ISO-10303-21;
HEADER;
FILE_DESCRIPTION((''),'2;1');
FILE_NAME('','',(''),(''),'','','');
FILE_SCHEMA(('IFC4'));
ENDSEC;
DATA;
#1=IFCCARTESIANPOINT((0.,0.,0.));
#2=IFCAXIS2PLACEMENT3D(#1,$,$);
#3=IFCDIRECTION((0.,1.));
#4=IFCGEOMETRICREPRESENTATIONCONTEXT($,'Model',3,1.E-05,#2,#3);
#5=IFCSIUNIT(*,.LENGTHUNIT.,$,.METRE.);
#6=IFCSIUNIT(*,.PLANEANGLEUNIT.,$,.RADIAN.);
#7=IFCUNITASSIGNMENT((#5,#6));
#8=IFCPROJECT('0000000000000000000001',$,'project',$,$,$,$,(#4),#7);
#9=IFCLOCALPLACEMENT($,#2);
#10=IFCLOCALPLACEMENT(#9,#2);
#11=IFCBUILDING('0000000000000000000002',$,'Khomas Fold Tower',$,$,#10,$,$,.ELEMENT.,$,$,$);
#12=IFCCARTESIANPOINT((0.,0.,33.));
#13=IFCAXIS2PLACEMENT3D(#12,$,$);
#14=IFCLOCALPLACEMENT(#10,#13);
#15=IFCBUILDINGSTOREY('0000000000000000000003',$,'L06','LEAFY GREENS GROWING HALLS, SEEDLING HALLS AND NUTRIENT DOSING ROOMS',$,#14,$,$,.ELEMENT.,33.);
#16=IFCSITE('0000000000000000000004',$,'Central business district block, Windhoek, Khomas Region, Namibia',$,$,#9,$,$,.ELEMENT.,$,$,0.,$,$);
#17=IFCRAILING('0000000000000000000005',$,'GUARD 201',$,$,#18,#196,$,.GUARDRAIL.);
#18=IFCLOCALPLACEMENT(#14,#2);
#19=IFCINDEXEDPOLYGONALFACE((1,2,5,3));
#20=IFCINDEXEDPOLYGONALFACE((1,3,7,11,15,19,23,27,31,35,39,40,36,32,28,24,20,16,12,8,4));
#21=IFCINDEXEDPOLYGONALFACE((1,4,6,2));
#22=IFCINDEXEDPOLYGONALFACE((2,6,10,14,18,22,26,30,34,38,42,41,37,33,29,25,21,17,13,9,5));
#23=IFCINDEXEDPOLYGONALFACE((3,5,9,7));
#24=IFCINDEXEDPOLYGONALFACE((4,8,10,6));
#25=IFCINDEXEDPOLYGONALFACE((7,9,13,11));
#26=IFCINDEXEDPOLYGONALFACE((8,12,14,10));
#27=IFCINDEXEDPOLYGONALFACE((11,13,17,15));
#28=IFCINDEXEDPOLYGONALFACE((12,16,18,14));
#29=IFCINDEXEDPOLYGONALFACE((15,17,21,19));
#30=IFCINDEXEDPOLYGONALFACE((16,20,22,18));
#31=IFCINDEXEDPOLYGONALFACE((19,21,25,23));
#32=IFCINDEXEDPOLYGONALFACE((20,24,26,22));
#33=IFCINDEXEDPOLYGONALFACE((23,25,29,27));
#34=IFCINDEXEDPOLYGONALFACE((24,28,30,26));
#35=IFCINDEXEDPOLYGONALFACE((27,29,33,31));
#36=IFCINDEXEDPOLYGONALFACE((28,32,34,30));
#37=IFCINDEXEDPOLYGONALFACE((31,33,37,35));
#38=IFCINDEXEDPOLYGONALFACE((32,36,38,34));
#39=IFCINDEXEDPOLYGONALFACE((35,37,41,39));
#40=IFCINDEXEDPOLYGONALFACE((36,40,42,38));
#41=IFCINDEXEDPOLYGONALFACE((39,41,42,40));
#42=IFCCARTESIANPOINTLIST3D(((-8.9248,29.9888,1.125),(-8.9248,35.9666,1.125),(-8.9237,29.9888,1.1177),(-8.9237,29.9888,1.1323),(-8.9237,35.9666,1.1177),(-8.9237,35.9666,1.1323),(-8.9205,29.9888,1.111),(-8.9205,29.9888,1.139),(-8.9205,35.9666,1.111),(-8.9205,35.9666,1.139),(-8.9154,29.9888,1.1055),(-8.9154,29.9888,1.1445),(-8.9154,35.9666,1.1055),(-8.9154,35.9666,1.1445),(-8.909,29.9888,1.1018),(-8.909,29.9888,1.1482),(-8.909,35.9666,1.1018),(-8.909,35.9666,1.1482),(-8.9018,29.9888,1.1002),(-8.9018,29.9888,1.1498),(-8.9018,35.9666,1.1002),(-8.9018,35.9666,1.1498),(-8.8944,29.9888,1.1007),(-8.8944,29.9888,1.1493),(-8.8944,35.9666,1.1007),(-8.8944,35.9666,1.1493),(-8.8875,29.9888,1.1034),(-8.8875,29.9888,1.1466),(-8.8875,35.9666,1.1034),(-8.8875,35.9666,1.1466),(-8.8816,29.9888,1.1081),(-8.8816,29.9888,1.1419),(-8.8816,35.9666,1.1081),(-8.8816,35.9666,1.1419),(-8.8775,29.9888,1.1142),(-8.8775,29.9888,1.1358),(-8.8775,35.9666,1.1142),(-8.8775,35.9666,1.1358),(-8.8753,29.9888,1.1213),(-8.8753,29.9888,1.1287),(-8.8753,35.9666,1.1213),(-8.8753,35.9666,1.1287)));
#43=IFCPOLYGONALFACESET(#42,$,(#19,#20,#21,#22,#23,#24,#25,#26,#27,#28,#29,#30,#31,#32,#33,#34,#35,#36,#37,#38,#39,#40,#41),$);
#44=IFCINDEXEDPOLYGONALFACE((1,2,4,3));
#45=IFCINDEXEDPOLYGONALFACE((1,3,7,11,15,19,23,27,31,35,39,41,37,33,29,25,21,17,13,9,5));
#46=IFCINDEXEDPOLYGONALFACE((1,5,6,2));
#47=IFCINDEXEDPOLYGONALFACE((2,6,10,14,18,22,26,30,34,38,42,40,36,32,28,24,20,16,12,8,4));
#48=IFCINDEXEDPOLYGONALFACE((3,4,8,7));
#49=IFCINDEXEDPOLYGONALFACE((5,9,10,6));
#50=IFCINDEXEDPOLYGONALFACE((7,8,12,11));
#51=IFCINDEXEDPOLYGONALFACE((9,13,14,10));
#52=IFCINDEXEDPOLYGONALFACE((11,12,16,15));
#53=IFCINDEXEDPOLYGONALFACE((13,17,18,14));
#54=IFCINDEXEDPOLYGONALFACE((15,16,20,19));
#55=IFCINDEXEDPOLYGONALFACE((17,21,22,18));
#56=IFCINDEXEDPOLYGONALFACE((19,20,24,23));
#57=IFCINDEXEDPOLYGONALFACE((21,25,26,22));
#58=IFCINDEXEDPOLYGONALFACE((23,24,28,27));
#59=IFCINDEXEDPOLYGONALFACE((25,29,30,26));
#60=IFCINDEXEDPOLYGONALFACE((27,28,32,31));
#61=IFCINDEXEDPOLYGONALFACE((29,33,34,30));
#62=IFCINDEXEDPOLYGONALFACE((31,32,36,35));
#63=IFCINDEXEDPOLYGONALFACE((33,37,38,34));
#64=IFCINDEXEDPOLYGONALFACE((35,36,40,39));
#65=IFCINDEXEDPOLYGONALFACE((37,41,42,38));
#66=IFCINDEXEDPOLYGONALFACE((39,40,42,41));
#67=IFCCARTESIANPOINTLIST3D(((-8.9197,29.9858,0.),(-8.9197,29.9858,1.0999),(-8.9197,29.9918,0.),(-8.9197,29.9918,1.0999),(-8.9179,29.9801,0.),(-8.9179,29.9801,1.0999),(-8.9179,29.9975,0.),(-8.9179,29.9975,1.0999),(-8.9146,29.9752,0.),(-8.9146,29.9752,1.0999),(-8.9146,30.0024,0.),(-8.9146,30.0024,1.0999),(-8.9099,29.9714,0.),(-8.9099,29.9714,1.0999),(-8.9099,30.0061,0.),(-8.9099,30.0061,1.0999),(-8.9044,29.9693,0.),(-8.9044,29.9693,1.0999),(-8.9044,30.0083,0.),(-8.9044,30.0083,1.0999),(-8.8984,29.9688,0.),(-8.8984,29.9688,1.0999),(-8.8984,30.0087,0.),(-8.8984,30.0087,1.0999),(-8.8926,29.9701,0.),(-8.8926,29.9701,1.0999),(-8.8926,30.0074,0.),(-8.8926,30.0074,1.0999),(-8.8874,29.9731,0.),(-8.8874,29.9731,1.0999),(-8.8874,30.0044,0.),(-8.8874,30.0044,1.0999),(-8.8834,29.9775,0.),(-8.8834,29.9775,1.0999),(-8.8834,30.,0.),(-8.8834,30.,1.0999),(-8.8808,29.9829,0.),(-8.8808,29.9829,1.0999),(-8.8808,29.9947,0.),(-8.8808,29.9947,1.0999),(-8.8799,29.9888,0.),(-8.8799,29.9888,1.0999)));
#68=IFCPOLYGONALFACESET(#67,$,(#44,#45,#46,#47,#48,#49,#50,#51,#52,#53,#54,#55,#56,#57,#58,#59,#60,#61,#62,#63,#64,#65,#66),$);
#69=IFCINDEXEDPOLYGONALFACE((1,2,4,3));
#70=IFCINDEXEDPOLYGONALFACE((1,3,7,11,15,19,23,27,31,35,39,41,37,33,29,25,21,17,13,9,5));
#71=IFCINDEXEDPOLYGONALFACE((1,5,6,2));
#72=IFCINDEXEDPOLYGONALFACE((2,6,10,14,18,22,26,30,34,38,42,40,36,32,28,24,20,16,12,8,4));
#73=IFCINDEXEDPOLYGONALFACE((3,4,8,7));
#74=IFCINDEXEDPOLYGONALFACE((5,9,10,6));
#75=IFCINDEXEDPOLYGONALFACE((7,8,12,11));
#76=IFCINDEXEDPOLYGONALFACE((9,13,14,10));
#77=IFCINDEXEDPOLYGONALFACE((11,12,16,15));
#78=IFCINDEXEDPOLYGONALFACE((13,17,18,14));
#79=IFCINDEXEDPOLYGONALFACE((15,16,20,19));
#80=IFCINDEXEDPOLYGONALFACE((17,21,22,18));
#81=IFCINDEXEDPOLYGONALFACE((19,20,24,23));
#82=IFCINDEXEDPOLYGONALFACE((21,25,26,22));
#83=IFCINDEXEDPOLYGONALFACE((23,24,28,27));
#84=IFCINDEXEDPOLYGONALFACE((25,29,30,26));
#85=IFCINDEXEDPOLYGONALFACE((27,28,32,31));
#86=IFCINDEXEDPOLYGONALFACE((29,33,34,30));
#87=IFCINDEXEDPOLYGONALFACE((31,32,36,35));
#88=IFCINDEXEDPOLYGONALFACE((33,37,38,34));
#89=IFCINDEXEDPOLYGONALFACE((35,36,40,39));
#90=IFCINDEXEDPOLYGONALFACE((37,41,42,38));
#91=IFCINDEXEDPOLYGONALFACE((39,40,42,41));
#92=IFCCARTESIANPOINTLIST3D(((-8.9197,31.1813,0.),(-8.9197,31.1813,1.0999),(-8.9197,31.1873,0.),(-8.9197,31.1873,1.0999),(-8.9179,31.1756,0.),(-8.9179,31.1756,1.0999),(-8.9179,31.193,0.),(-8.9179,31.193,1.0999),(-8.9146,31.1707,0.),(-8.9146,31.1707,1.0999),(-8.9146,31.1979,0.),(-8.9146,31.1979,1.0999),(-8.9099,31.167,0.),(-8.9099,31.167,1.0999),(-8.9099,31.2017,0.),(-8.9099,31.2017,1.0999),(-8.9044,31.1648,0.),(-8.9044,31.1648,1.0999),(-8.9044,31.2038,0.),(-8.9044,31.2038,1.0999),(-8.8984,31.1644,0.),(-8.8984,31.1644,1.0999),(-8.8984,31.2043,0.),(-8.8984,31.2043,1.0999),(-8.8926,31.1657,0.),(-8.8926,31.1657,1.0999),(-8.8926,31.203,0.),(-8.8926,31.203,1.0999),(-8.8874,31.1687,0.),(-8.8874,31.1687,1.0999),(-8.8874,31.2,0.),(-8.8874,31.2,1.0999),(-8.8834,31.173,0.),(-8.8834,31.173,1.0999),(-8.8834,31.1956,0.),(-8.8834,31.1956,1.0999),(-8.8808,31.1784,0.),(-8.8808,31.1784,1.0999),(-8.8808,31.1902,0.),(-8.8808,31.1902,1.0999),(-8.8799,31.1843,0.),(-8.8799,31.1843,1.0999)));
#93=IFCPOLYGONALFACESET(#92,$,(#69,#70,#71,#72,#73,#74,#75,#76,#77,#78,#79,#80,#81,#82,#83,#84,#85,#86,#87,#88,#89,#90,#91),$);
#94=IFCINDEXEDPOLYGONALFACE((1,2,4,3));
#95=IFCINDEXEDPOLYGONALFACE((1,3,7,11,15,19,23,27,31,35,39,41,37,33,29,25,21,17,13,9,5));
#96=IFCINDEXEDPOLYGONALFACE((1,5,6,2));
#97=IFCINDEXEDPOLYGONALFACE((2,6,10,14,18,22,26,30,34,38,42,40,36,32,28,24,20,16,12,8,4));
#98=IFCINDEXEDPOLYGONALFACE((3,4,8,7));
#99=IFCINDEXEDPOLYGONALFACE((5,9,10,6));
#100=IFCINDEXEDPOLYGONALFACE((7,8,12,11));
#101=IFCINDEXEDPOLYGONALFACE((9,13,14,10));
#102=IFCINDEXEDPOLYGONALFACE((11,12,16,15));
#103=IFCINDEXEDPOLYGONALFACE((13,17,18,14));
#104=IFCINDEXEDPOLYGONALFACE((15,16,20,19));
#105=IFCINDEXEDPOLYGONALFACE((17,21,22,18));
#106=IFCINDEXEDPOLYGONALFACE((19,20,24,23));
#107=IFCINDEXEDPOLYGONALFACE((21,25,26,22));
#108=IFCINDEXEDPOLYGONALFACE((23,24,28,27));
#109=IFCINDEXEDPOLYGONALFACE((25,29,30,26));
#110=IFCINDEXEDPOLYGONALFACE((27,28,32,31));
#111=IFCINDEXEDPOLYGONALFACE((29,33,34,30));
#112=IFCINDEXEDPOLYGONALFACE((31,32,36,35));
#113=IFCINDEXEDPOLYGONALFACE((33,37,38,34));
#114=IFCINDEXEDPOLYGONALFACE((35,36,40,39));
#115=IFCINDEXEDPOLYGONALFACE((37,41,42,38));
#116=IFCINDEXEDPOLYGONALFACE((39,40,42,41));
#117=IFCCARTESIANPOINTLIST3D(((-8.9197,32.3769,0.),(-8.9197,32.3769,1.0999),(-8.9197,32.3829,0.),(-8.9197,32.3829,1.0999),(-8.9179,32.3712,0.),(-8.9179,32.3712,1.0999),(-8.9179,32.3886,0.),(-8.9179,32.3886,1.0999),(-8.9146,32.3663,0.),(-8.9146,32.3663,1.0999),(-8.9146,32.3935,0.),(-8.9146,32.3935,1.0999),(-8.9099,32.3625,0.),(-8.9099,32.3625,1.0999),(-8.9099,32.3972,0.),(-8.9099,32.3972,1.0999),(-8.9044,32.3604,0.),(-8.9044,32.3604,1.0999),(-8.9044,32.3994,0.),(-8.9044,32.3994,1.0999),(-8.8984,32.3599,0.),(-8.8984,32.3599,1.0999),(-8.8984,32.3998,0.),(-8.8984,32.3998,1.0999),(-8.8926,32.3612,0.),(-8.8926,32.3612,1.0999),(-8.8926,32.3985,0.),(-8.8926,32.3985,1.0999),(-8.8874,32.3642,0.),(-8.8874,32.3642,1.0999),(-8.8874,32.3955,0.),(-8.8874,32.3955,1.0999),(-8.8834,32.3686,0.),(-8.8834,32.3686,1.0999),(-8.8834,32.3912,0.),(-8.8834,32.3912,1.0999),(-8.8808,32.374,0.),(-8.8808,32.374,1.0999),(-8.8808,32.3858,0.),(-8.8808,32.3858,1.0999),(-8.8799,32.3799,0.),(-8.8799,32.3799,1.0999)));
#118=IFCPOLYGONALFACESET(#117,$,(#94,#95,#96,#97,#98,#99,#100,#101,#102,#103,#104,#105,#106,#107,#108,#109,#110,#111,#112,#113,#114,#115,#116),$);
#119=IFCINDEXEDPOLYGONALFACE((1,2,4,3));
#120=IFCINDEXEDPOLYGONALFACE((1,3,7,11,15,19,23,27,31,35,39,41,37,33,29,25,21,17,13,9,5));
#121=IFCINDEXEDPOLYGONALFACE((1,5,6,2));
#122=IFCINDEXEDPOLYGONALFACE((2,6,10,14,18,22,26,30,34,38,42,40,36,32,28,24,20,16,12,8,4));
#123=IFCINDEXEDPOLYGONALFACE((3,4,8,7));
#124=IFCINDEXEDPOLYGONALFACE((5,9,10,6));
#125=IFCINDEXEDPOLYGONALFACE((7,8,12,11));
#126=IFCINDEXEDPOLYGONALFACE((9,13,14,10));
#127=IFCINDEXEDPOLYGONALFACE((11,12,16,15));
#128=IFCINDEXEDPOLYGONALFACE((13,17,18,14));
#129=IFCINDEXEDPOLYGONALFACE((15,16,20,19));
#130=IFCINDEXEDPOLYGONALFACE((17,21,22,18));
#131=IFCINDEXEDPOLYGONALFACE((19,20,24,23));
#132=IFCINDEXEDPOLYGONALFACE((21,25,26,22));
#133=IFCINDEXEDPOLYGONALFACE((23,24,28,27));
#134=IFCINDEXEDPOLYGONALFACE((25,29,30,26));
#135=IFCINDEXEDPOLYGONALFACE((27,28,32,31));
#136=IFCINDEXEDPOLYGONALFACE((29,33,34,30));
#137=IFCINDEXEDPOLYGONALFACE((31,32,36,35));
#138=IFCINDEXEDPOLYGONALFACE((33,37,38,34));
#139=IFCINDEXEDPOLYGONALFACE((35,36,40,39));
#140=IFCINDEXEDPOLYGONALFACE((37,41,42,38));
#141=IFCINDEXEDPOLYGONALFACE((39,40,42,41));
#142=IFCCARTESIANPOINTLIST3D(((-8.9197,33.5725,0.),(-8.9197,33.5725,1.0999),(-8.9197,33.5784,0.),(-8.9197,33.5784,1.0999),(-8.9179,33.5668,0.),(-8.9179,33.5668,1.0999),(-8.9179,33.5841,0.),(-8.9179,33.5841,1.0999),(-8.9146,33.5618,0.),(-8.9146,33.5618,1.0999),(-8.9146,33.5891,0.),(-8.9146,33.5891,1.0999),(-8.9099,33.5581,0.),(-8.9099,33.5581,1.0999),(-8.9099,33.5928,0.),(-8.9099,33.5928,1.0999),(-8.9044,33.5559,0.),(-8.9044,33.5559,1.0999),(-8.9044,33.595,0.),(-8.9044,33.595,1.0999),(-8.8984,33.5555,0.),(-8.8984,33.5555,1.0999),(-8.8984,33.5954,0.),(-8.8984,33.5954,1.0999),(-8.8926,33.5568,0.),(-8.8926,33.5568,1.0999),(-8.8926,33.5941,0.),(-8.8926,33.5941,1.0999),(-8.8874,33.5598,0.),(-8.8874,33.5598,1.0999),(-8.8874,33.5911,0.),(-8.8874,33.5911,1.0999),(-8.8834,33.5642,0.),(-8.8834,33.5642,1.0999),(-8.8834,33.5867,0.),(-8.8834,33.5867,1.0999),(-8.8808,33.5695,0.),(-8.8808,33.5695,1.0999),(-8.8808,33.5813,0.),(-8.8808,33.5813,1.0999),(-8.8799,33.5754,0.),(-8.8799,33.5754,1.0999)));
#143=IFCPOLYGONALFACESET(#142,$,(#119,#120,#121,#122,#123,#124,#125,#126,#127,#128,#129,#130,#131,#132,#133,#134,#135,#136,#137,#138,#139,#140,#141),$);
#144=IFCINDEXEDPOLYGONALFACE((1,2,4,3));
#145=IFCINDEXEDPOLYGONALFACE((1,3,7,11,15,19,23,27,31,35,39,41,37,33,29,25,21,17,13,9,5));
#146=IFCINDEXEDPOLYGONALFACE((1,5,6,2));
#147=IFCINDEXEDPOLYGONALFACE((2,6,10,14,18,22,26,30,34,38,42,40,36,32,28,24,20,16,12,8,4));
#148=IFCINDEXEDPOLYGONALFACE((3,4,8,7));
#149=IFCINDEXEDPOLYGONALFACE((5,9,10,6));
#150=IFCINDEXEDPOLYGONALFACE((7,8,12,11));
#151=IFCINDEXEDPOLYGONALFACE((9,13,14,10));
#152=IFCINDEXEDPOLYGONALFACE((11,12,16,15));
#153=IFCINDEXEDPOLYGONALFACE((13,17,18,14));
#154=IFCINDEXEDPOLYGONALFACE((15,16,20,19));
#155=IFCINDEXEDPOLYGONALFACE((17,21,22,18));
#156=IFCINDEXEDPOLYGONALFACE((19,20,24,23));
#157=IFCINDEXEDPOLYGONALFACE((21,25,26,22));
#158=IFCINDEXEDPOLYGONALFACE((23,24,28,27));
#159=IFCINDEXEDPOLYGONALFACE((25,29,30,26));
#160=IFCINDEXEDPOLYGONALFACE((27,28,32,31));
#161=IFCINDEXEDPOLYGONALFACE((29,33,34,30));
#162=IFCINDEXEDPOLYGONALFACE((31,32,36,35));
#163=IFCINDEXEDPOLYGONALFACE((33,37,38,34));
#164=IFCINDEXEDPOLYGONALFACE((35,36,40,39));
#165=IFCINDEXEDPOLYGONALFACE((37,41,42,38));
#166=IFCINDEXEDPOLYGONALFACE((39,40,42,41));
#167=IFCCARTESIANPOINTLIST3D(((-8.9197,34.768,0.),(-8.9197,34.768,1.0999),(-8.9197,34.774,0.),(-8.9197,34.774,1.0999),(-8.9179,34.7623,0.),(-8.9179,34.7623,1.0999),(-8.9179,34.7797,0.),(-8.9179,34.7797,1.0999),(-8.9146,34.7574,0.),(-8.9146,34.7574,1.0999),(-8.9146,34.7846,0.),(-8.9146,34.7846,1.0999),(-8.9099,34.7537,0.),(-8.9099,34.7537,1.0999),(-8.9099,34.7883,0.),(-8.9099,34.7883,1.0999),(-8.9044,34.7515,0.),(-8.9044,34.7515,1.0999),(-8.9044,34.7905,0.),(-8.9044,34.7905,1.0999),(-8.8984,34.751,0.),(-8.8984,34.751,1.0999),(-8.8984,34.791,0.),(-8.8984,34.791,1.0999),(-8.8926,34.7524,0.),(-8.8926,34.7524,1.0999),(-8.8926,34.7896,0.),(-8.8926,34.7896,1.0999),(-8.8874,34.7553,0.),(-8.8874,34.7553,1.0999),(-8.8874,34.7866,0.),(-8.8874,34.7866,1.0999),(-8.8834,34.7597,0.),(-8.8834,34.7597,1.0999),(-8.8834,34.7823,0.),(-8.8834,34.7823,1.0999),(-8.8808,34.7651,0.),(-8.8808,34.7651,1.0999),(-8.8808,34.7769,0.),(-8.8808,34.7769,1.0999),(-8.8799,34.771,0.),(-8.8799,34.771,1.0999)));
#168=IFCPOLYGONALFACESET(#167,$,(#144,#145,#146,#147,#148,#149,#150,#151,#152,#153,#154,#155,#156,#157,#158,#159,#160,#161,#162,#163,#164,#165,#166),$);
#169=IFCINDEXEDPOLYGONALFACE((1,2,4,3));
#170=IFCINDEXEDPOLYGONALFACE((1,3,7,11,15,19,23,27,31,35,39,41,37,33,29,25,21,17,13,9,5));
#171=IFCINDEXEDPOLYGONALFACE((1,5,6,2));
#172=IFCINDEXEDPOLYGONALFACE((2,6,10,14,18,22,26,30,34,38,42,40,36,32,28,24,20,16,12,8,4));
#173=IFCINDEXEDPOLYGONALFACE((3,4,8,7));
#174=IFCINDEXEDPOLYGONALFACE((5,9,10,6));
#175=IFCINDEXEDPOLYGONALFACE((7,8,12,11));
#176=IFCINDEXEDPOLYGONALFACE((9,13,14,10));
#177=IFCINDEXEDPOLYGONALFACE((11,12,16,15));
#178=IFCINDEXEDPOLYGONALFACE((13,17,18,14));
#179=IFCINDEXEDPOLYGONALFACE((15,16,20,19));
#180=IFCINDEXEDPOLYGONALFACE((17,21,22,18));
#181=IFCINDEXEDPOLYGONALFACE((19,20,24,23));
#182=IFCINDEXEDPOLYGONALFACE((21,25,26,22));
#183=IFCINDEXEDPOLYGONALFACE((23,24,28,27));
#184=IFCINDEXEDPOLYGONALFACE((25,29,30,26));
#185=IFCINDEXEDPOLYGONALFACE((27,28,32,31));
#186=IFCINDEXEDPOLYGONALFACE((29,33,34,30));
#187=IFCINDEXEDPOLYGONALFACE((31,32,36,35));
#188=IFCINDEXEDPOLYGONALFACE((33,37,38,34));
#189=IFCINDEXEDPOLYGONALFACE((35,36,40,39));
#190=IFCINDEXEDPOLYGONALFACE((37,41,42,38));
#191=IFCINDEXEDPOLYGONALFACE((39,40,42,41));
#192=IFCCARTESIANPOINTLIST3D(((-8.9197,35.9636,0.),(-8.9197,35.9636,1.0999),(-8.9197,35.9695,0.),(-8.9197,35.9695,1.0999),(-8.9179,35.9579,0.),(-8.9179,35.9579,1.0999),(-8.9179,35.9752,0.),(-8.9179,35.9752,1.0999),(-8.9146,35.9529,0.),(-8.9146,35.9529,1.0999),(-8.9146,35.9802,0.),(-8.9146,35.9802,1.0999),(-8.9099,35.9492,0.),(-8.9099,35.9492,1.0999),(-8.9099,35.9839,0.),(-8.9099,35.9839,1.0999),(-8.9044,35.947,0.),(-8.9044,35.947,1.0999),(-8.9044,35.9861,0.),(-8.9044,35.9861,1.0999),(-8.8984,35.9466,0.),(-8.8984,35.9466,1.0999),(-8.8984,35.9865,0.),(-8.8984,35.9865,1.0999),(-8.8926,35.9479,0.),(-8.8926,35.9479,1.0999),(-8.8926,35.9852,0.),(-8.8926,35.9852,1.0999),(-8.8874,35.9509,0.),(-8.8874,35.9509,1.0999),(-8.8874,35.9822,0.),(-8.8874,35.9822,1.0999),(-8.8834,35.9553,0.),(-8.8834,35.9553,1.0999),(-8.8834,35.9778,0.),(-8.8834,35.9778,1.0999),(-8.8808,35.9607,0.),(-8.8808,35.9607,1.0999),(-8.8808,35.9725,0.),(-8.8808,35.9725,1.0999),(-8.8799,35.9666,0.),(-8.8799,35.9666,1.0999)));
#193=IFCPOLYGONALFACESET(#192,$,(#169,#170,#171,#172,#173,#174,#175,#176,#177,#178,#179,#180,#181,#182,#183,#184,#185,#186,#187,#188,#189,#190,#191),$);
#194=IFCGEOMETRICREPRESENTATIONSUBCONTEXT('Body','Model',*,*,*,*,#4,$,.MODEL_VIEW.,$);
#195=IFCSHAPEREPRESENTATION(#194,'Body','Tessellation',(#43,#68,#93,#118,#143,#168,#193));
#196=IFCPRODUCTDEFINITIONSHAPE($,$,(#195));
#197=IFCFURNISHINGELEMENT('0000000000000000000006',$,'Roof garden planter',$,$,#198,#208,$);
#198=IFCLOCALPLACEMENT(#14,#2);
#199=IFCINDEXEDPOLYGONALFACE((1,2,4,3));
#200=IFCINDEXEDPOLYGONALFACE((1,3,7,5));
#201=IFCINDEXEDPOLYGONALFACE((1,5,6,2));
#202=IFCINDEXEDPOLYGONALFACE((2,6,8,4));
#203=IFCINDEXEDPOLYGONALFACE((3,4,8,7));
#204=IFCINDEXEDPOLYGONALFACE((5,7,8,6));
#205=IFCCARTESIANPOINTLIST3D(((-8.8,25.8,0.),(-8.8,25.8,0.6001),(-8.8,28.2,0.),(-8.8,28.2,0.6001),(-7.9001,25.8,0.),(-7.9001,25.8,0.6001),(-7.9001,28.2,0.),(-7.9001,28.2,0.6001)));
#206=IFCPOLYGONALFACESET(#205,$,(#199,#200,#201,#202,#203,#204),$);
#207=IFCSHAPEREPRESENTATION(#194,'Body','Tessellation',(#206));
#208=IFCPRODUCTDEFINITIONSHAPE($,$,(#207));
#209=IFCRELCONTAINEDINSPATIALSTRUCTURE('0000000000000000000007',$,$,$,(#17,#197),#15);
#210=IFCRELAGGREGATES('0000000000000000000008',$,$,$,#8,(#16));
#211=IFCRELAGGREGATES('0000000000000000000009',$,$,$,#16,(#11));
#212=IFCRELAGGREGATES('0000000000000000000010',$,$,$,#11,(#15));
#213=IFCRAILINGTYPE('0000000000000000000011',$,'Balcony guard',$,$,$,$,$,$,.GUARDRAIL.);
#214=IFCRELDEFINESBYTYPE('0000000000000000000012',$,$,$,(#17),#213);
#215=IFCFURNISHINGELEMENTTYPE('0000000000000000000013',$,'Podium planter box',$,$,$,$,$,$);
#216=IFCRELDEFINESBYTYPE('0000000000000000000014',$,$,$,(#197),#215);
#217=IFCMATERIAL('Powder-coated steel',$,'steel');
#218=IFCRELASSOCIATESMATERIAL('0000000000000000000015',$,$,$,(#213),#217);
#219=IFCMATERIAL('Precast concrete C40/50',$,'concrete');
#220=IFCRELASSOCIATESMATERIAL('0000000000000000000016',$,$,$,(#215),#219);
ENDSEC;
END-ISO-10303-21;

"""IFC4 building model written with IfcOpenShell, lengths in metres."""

from ifc_helpers import new_model, si_unit, direction, frame, origin, origin_2d, place, context, subcontext, project, spatial, rectangle, circle, extrude, source, transform, mapped, material, type_object, element, save


model = new_model("IFC4")

# Units and contexts
model_context = context("Model", 3, precision=1e-05, world=origin(), true_north=direction((0.0, 1.0)))
body_context = subcontext(model_context, "Body", "Model", "MODEL_VIEW")
ifc_project = project(units=[si_unit("LENGTHUNIT", "METRE"), si_unit("PLANEANGLEUNIT", "RADIAN")], contexts=[model_context])

# Site, building, storey
site_placement = place(None, origin())
site = spatial("IfcSite", under=ifc_project, at=site_placement, Name="Central business district block, Windhoek, Khomas Region, Namibia", CompositionType="ELEMENT", RefElevation=0.0)
building_placement = place(site_placement, origin())
building = spatial("IfcBuilding", under=site, at=building_placement, Name="Khomas Fold Tower", CompositionType="ELEMENT")
storey_placement = place(building_placement, frame((0.0, 0.0, 33.0)))
storey = spatial("IfcBuildingStorey", under=building, at=storey_placement, Name="L06", Description="LEAFY GREENS GROWING HALLS, SEEDLING HALLS AND NUTRIENT DOSING ROOMS", CompositionType="ELEMENT", Elevation=33.0)

# Railing
ifc_material_1 = material(Name="Powder-coated steel", Category="steel")
railing_type = type_object("IfcRailingType", Name="Balcony guard", PredefinedType="GUARDRAIL", material=ifc_material_1)
shared_shape_1 = source(origin(), body_context, "Body", "SweptSolid", [
    extrude(circle(Radius=0.0249, at=origin_2d()), frame((0.0, 0.0, 1.125), z_axis=(0.0, 1.0, 0.0), x_axis=(-1.0, 0.0, 0.0)), (0.0, 0.0, 1.0), 5.9778),
    extrude(circle(Radius=0.02, at=origin_2d()), origin(), (0.0, 0.0, 1.0), 1.0999),
    extrude(circle(Radius=0.02, at=origin_2d()), frame((0.0, 1.1956, 0.0)), (0.0, 0.0, 1.0), 1.0999),
    extrude(circle(Radius=0.02, at=origin_2d()), frame((0.0, 2.3911, 0.0)), (0.0, 0.0, 1.0), 1.0999),
    extrude(circle(Radius=0.02, at=origin_2d()), frame((0.0, 3.5867, 0.0)), (0.0, 0.0, 1.0), 1.0999),
    extrude(circle(Radius=0.02, at=origin_2d()), frame((0.0, 4.7822, 0.0)), (0.0, 0.0, 1.0), 1.0999),
    extrude(circle(Radius=0.02, at=origin_2d()), frame((0.0, 5.9778, 0.0)), (0.0, 0.0, 1.0), 1.0999),
])
railing_placement = place(storey_placement, frame((-8.8999, 29.9888, 0.0)))
element("IfcRailing", 1, at=railing_placement, inside=storey, type_object=railing_type, Name="GUARD 201", PredefinedType="GUARDRAIL", context=body_context, shape_type="MappedRepresentation", body=[
    mapped(shared_shape_1, transform((0.0, 0.0, 0.0))),
])

# Furnishing element
ifc_material_2 = material(Name="Precast concrete C40/50", Category="concrete")
furnishing_element_type_1 = type_object("IfcFurnishingElementType", Name="Podium planter box", material=ifc_material_2)
shared_shape_2 = source(origin(), body_context, "Body", "SweptSolid", [
    extrude(rectangle(XDim=2.3999, YDim=0.8999, at=origin_2d()), origin(), (0.0, 0.0, 1.0), 0.6001),
])
furnishing_1_placement = place(storey_placement, frame((-8.3501, 27.0, 0.0), z_axis=(0.0, 0.0, 1.0), x_axis=(0.0, 1.0, 0.0)))
element("IfcFurnishingElement", 2, at=furnishing_1_placement, inside=storey, type_object=furnishing_element_type_1, Name="Roof garden planter", context=body_context, shape_type="MappedRepresentation", body=[
    mapped(shared_shape_2, transform((0.0, 0.0, 0.0))),
])

save(model, "model.ifc")
